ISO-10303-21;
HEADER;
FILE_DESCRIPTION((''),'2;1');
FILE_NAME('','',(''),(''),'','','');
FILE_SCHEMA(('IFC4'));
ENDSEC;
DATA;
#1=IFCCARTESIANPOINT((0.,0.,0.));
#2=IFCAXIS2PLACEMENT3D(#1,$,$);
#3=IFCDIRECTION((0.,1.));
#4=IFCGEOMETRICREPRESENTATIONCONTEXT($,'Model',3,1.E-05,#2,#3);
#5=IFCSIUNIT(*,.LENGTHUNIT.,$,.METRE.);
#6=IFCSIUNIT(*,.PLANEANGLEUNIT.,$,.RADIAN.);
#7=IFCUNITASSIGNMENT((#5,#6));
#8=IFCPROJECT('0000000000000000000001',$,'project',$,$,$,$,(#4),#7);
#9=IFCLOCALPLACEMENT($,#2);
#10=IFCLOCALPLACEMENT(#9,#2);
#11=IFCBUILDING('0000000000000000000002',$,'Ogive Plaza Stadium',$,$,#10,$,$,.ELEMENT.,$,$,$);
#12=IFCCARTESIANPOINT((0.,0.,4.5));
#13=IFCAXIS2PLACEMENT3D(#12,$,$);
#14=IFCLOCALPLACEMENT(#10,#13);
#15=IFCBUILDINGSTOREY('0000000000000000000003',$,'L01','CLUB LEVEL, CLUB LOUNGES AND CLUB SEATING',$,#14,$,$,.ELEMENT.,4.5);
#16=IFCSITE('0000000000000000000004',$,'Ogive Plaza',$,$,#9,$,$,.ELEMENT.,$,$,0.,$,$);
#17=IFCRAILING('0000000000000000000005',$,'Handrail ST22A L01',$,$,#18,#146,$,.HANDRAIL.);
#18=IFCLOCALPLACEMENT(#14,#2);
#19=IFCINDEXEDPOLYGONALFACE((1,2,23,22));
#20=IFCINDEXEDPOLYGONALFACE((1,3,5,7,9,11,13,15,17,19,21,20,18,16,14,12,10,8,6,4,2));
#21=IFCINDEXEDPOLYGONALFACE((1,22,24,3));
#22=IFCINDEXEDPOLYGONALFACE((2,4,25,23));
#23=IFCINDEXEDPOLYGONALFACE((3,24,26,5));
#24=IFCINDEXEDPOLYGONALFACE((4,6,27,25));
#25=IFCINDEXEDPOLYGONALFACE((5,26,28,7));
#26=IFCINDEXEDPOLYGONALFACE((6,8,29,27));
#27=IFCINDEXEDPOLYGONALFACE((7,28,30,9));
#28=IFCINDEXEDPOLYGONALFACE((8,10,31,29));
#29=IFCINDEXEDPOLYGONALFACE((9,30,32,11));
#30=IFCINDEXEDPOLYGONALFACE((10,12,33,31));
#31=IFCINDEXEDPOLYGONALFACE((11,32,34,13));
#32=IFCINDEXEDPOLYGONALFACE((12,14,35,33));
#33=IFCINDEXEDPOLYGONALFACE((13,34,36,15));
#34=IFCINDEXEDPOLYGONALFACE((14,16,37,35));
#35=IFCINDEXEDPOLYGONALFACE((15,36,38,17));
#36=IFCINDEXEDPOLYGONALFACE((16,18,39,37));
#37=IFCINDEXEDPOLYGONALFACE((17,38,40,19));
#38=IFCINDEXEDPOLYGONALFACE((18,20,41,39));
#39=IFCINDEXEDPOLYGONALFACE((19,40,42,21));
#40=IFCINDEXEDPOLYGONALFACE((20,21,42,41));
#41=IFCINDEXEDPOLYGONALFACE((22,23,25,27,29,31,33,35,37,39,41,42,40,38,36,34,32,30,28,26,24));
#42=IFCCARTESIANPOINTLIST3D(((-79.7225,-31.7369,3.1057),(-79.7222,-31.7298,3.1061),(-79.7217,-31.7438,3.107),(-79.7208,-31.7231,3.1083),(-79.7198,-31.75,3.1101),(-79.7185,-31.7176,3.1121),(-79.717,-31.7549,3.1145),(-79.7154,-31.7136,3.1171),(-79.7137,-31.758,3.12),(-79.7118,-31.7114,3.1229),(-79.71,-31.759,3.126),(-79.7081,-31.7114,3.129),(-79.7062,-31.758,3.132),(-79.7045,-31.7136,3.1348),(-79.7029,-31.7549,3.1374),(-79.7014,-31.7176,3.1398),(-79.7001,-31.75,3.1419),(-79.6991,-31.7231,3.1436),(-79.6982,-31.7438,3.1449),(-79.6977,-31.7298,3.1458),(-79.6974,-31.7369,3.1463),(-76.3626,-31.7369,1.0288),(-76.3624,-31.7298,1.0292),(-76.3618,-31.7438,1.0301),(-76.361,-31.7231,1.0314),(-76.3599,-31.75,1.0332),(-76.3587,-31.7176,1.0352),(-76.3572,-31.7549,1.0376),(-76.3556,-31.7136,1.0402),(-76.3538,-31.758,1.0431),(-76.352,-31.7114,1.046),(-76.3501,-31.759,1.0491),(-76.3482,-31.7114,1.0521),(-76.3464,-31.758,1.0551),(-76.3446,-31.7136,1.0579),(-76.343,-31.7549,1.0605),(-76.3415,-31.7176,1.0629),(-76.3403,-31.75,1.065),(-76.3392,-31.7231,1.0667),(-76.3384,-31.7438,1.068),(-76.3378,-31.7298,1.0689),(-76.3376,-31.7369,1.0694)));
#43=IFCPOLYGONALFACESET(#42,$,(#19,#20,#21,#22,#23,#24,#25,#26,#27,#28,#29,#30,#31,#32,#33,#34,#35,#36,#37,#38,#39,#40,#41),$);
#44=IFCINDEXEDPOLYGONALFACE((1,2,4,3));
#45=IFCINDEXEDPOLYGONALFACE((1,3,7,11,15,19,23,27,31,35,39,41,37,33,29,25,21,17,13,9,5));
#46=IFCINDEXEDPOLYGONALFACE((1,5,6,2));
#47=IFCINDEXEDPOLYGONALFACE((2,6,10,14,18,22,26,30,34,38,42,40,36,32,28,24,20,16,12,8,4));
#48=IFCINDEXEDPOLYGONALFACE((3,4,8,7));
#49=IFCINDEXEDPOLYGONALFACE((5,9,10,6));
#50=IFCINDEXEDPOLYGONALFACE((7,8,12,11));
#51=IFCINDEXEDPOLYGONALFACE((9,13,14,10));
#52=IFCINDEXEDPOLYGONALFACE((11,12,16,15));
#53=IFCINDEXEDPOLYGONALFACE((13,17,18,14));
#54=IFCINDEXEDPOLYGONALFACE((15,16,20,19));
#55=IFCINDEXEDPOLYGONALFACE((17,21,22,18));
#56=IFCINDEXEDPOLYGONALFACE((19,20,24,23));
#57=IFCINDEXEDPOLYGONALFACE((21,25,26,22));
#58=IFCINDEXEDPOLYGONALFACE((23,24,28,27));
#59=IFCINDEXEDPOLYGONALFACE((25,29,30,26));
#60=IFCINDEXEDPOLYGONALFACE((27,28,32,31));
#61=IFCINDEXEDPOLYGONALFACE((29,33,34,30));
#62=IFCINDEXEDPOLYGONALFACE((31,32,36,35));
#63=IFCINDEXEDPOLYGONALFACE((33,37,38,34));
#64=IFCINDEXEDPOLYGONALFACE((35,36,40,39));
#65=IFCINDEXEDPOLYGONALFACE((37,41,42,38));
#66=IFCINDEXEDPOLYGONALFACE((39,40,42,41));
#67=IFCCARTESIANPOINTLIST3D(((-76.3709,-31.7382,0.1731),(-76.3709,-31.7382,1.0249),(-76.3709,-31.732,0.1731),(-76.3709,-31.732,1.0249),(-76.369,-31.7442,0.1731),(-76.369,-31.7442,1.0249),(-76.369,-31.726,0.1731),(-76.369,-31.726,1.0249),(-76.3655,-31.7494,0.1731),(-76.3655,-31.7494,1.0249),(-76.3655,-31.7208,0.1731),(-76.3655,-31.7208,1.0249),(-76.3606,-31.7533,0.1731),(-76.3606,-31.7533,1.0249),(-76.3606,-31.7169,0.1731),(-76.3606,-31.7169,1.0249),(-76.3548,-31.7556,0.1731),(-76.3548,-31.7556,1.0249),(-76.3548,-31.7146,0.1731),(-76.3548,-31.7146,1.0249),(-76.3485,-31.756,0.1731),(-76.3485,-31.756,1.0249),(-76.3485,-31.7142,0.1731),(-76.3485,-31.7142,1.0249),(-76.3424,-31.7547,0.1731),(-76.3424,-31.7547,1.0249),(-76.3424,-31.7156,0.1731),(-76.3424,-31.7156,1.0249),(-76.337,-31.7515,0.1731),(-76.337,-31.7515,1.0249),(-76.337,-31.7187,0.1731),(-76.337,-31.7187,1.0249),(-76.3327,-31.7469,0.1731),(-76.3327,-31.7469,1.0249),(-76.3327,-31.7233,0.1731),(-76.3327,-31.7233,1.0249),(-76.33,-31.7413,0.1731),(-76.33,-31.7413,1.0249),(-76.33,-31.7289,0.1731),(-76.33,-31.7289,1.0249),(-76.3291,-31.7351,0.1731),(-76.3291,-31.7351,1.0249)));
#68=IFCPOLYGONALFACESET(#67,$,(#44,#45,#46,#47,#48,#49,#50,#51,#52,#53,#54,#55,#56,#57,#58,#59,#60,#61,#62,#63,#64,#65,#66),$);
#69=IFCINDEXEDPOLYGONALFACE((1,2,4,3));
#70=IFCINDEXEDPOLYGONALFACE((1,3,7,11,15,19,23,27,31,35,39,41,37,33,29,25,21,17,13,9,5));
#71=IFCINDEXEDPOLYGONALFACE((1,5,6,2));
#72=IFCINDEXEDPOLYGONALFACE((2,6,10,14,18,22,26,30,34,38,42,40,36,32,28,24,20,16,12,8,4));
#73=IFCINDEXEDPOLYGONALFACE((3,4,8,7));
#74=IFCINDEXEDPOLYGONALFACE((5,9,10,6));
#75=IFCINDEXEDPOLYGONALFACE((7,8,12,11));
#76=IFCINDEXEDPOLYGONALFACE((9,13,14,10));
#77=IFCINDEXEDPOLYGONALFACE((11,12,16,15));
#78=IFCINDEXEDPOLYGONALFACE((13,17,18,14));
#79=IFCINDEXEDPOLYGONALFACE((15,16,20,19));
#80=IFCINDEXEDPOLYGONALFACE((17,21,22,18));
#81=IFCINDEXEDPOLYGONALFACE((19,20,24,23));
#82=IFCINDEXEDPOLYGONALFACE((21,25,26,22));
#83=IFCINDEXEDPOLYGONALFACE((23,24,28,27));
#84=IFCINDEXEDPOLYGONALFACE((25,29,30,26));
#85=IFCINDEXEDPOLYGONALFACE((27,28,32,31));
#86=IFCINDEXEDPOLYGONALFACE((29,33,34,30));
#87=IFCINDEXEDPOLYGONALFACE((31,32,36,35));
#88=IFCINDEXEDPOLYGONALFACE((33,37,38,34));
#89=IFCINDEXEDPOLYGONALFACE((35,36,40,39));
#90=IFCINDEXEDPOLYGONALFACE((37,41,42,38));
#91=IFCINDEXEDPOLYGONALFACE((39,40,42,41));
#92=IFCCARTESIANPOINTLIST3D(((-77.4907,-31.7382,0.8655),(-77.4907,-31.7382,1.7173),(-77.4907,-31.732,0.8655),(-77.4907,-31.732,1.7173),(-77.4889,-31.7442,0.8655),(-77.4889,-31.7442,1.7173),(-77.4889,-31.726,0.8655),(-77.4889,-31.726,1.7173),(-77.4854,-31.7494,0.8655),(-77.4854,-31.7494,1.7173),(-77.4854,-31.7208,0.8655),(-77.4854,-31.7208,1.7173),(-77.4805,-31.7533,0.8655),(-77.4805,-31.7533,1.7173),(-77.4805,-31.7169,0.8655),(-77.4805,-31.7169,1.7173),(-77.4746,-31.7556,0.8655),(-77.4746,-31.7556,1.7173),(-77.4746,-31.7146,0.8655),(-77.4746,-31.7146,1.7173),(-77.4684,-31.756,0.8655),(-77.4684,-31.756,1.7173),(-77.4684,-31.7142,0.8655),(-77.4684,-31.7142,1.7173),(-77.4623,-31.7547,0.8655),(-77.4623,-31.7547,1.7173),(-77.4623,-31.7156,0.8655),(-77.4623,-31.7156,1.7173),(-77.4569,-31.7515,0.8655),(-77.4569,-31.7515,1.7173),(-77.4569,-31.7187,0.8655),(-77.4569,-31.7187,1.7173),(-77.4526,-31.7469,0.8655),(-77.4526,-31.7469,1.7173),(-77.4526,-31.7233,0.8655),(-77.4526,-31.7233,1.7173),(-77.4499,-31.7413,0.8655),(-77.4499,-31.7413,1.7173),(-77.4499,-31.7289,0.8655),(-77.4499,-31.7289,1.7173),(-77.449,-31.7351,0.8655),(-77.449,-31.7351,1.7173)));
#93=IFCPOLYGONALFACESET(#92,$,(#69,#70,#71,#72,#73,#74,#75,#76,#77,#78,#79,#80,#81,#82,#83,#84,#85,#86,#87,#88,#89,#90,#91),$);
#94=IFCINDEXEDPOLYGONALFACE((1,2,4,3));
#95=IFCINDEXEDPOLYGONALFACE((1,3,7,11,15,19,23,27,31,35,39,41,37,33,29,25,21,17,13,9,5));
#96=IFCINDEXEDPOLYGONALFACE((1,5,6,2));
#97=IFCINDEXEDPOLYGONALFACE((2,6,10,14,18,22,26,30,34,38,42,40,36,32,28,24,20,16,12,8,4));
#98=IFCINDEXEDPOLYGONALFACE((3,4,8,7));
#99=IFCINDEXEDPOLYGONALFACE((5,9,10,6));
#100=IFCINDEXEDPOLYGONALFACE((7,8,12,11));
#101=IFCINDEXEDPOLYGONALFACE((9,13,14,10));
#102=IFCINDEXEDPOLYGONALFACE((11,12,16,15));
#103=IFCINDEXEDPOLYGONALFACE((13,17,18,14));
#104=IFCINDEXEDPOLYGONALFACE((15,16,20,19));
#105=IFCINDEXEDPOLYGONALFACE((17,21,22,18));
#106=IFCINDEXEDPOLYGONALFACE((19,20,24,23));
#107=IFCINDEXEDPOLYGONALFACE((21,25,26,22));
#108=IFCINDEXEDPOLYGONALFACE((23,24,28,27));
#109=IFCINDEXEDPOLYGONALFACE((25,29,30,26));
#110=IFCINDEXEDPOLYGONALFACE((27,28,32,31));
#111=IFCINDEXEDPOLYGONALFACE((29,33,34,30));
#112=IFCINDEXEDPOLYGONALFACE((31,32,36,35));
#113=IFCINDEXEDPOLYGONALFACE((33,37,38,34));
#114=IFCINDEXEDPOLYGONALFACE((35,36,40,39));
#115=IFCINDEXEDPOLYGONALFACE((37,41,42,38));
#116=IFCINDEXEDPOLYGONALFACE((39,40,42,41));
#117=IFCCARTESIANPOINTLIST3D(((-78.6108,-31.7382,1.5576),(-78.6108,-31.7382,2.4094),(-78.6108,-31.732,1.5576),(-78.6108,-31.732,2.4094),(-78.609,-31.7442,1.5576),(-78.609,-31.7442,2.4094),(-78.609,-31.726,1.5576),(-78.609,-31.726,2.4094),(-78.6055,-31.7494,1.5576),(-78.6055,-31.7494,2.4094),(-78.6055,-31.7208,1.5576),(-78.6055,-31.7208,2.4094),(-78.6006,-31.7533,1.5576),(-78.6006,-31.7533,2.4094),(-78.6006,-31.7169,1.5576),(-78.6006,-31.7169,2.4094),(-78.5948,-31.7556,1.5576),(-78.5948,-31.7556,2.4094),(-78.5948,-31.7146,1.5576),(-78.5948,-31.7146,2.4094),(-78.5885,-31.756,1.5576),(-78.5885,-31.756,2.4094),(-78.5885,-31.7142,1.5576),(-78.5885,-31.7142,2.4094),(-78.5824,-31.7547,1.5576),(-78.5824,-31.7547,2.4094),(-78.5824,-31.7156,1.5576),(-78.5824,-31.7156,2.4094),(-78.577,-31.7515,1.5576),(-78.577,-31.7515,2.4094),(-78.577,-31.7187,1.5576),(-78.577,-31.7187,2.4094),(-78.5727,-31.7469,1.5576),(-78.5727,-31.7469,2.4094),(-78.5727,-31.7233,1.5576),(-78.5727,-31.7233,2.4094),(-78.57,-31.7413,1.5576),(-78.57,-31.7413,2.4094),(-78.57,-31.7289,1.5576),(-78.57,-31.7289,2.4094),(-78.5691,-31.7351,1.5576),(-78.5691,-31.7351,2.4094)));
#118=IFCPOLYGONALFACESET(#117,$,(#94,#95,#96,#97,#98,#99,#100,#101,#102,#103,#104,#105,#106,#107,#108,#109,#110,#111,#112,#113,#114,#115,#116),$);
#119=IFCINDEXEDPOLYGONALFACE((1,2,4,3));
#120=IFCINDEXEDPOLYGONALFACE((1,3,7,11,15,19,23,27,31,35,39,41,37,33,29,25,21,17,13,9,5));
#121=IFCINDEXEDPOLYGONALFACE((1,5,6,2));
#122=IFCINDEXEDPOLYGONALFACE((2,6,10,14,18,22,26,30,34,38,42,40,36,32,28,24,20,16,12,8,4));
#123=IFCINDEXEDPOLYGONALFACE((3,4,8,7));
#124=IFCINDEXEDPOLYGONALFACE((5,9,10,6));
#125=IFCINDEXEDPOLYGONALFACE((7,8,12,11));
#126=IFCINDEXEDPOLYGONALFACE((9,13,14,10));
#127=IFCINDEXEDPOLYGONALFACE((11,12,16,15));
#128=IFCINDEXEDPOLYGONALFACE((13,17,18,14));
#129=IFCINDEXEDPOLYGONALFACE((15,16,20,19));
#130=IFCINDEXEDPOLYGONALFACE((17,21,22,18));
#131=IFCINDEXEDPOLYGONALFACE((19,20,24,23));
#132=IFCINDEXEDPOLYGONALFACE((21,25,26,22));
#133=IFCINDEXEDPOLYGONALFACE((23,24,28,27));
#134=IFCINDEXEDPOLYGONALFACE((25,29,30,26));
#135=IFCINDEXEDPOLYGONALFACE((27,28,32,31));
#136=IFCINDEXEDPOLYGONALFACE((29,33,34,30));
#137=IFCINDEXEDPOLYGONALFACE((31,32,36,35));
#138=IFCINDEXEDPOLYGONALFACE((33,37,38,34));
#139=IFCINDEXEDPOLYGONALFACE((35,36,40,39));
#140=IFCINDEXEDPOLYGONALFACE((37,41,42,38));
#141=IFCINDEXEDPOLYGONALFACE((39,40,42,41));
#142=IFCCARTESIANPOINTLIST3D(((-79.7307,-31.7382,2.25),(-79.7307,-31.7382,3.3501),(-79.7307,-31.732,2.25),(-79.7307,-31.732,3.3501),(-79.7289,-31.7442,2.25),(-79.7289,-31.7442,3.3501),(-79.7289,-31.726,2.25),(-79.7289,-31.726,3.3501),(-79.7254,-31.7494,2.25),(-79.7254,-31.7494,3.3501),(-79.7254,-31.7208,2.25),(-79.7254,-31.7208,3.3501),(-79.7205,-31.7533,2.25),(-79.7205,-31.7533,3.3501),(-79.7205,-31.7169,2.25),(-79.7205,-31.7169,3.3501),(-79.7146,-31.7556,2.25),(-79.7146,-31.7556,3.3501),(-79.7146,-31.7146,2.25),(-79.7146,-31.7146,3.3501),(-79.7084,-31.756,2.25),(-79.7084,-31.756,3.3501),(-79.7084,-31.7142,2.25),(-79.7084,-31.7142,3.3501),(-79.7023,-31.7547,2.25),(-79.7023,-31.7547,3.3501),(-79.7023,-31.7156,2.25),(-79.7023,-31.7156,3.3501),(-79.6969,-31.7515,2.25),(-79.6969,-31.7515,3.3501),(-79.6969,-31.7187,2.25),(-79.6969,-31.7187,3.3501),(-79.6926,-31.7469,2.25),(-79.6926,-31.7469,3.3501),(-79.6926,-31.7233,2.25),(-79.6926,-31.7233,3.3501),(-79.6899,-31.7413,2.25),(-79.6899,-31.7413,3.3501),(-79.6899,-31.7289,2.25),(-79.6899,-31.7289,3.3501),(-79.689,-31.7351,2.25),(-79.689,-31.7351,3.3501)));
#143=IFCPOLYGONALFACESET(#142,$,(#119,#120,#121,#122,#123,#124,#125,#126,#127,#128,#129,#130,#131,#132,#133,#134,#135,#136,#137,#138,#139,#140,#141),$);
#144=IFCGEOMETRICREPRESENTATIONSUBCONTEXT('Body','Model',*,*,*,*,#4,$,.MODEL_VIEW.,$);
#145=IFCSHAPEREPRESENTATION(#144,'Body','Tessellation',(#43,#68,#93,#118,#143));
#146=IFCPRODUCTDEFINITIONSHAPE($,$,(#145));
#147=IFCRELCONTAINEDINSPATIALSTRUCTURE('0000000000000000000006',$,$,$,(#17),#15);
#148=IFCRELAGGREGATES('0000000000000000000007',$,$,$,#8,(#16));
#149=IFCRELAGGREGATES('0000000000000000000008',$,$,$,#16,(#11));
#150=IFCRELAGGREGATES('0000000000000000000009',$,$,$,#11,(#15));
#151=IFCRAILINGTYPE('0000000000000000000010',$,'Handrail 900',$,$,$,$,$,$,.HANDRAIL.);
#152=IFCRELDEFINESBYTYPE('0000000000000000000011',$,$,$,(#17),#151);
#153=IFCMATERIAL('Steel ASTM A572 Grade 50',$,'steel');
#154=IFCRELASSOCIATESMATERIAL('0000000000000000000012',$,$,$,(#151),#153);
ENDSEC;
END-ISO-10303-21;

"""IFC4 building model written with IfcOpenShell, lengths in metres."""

from ifc_helpers import new_model, si_unit, direction, frame, origin, origin_2d, place, context, subcontext, project, spatial, circle, extrude, material, type_object, element, save


model = new_model("IFC4")

# Units and contexts
model_context = context("Model", 3, precision=1e-05, world=origin(), true_north=direction((0.0, 1.0)))
body_context = subcontext(model_context, "Body", "Model", "MODEL_VIEW")
ifc_project = project(units=[si_unit("LENGTHUNIT", "METRE"), si_unit("PLANEANGLEUNIT", "RADIAN")], contexts=[model_context])

# Site, building, storey
site_placement = place(None, origin())
site = spatial("IfcSite", under=ifc_project, at=site_placement, Name="Ogive Plaza", CompositionType="ELEMENT", RefElevation=0.0)
building_placement = place(site_placement, origin())
building = spatial("IfcBuilding", under=site, at=building_placement, Name="Ogive Plaza Stadium", CompositionType="ELEMENT")
storey_placement = place(building_placement, frame((0.0, 0.0, 4.5)))
storey = spatial("IfcBuildingStorey", under=building, at=storey_placement, Name="L01", Description="CLUB LEVEL, CLUB LOUNGES AND CLUB SEATING", CompositionType="ELEMENT", Elevation=4.5)

# Railing
ifc_material_1 = material(Name="Steel ASTM A572 Grade 50", Category="steel")
railing_type_1 = type_object("IfcRailingType", Name="Handrail 900", PredefinedType="HANDRAIL", material=ifc_material_1)
for number, where, name in (
    (1, (-76.3501, -31.7351, 0.1731), "Handrail ST22A L01"),
):
    element("IfcRailing", number, at=place(storey_placement, frame(where)), inside=storey, type_object=railing_type_1, Name=name, PredefinedType="HANDRAIL", context=body_context, shape_type="SweptSolid", body=[
        extrude(circle(Radius=0.0239, at=origin_2d()), frame((0.0, 0.0, 0.876), z_axis=(-0.850606, 0.0, 0.525803), x_axis=(0.0, -1.0, 0.0)), (0.0, 0.0, 1.0), 3.95),
        extrude(circle(Radius=0.021, at=origin_2d()), origin(), (0.0, 0.0, 1.0), 0.8518),
        extrude(circle(Radius=0.021, at=origin_2d()), frame((-1.1199, 0.0, 0.6924)), (0.0, 0.0, 1.0), 0.8518),
        extrude(circle(Radius=0.021, at=origin_2d()), frame((-2.24, 0.0, 1.3845)), (0.0, 0.0, 1.0), 0.8518),
        extrude(circle(Radius=0.021, at=origin_2d()), frame((-3.3599, 0.0, 2.0769)), (0.0, 0.0, 1.0), 1.1001),
    ])

save(model, "model.ifc")
